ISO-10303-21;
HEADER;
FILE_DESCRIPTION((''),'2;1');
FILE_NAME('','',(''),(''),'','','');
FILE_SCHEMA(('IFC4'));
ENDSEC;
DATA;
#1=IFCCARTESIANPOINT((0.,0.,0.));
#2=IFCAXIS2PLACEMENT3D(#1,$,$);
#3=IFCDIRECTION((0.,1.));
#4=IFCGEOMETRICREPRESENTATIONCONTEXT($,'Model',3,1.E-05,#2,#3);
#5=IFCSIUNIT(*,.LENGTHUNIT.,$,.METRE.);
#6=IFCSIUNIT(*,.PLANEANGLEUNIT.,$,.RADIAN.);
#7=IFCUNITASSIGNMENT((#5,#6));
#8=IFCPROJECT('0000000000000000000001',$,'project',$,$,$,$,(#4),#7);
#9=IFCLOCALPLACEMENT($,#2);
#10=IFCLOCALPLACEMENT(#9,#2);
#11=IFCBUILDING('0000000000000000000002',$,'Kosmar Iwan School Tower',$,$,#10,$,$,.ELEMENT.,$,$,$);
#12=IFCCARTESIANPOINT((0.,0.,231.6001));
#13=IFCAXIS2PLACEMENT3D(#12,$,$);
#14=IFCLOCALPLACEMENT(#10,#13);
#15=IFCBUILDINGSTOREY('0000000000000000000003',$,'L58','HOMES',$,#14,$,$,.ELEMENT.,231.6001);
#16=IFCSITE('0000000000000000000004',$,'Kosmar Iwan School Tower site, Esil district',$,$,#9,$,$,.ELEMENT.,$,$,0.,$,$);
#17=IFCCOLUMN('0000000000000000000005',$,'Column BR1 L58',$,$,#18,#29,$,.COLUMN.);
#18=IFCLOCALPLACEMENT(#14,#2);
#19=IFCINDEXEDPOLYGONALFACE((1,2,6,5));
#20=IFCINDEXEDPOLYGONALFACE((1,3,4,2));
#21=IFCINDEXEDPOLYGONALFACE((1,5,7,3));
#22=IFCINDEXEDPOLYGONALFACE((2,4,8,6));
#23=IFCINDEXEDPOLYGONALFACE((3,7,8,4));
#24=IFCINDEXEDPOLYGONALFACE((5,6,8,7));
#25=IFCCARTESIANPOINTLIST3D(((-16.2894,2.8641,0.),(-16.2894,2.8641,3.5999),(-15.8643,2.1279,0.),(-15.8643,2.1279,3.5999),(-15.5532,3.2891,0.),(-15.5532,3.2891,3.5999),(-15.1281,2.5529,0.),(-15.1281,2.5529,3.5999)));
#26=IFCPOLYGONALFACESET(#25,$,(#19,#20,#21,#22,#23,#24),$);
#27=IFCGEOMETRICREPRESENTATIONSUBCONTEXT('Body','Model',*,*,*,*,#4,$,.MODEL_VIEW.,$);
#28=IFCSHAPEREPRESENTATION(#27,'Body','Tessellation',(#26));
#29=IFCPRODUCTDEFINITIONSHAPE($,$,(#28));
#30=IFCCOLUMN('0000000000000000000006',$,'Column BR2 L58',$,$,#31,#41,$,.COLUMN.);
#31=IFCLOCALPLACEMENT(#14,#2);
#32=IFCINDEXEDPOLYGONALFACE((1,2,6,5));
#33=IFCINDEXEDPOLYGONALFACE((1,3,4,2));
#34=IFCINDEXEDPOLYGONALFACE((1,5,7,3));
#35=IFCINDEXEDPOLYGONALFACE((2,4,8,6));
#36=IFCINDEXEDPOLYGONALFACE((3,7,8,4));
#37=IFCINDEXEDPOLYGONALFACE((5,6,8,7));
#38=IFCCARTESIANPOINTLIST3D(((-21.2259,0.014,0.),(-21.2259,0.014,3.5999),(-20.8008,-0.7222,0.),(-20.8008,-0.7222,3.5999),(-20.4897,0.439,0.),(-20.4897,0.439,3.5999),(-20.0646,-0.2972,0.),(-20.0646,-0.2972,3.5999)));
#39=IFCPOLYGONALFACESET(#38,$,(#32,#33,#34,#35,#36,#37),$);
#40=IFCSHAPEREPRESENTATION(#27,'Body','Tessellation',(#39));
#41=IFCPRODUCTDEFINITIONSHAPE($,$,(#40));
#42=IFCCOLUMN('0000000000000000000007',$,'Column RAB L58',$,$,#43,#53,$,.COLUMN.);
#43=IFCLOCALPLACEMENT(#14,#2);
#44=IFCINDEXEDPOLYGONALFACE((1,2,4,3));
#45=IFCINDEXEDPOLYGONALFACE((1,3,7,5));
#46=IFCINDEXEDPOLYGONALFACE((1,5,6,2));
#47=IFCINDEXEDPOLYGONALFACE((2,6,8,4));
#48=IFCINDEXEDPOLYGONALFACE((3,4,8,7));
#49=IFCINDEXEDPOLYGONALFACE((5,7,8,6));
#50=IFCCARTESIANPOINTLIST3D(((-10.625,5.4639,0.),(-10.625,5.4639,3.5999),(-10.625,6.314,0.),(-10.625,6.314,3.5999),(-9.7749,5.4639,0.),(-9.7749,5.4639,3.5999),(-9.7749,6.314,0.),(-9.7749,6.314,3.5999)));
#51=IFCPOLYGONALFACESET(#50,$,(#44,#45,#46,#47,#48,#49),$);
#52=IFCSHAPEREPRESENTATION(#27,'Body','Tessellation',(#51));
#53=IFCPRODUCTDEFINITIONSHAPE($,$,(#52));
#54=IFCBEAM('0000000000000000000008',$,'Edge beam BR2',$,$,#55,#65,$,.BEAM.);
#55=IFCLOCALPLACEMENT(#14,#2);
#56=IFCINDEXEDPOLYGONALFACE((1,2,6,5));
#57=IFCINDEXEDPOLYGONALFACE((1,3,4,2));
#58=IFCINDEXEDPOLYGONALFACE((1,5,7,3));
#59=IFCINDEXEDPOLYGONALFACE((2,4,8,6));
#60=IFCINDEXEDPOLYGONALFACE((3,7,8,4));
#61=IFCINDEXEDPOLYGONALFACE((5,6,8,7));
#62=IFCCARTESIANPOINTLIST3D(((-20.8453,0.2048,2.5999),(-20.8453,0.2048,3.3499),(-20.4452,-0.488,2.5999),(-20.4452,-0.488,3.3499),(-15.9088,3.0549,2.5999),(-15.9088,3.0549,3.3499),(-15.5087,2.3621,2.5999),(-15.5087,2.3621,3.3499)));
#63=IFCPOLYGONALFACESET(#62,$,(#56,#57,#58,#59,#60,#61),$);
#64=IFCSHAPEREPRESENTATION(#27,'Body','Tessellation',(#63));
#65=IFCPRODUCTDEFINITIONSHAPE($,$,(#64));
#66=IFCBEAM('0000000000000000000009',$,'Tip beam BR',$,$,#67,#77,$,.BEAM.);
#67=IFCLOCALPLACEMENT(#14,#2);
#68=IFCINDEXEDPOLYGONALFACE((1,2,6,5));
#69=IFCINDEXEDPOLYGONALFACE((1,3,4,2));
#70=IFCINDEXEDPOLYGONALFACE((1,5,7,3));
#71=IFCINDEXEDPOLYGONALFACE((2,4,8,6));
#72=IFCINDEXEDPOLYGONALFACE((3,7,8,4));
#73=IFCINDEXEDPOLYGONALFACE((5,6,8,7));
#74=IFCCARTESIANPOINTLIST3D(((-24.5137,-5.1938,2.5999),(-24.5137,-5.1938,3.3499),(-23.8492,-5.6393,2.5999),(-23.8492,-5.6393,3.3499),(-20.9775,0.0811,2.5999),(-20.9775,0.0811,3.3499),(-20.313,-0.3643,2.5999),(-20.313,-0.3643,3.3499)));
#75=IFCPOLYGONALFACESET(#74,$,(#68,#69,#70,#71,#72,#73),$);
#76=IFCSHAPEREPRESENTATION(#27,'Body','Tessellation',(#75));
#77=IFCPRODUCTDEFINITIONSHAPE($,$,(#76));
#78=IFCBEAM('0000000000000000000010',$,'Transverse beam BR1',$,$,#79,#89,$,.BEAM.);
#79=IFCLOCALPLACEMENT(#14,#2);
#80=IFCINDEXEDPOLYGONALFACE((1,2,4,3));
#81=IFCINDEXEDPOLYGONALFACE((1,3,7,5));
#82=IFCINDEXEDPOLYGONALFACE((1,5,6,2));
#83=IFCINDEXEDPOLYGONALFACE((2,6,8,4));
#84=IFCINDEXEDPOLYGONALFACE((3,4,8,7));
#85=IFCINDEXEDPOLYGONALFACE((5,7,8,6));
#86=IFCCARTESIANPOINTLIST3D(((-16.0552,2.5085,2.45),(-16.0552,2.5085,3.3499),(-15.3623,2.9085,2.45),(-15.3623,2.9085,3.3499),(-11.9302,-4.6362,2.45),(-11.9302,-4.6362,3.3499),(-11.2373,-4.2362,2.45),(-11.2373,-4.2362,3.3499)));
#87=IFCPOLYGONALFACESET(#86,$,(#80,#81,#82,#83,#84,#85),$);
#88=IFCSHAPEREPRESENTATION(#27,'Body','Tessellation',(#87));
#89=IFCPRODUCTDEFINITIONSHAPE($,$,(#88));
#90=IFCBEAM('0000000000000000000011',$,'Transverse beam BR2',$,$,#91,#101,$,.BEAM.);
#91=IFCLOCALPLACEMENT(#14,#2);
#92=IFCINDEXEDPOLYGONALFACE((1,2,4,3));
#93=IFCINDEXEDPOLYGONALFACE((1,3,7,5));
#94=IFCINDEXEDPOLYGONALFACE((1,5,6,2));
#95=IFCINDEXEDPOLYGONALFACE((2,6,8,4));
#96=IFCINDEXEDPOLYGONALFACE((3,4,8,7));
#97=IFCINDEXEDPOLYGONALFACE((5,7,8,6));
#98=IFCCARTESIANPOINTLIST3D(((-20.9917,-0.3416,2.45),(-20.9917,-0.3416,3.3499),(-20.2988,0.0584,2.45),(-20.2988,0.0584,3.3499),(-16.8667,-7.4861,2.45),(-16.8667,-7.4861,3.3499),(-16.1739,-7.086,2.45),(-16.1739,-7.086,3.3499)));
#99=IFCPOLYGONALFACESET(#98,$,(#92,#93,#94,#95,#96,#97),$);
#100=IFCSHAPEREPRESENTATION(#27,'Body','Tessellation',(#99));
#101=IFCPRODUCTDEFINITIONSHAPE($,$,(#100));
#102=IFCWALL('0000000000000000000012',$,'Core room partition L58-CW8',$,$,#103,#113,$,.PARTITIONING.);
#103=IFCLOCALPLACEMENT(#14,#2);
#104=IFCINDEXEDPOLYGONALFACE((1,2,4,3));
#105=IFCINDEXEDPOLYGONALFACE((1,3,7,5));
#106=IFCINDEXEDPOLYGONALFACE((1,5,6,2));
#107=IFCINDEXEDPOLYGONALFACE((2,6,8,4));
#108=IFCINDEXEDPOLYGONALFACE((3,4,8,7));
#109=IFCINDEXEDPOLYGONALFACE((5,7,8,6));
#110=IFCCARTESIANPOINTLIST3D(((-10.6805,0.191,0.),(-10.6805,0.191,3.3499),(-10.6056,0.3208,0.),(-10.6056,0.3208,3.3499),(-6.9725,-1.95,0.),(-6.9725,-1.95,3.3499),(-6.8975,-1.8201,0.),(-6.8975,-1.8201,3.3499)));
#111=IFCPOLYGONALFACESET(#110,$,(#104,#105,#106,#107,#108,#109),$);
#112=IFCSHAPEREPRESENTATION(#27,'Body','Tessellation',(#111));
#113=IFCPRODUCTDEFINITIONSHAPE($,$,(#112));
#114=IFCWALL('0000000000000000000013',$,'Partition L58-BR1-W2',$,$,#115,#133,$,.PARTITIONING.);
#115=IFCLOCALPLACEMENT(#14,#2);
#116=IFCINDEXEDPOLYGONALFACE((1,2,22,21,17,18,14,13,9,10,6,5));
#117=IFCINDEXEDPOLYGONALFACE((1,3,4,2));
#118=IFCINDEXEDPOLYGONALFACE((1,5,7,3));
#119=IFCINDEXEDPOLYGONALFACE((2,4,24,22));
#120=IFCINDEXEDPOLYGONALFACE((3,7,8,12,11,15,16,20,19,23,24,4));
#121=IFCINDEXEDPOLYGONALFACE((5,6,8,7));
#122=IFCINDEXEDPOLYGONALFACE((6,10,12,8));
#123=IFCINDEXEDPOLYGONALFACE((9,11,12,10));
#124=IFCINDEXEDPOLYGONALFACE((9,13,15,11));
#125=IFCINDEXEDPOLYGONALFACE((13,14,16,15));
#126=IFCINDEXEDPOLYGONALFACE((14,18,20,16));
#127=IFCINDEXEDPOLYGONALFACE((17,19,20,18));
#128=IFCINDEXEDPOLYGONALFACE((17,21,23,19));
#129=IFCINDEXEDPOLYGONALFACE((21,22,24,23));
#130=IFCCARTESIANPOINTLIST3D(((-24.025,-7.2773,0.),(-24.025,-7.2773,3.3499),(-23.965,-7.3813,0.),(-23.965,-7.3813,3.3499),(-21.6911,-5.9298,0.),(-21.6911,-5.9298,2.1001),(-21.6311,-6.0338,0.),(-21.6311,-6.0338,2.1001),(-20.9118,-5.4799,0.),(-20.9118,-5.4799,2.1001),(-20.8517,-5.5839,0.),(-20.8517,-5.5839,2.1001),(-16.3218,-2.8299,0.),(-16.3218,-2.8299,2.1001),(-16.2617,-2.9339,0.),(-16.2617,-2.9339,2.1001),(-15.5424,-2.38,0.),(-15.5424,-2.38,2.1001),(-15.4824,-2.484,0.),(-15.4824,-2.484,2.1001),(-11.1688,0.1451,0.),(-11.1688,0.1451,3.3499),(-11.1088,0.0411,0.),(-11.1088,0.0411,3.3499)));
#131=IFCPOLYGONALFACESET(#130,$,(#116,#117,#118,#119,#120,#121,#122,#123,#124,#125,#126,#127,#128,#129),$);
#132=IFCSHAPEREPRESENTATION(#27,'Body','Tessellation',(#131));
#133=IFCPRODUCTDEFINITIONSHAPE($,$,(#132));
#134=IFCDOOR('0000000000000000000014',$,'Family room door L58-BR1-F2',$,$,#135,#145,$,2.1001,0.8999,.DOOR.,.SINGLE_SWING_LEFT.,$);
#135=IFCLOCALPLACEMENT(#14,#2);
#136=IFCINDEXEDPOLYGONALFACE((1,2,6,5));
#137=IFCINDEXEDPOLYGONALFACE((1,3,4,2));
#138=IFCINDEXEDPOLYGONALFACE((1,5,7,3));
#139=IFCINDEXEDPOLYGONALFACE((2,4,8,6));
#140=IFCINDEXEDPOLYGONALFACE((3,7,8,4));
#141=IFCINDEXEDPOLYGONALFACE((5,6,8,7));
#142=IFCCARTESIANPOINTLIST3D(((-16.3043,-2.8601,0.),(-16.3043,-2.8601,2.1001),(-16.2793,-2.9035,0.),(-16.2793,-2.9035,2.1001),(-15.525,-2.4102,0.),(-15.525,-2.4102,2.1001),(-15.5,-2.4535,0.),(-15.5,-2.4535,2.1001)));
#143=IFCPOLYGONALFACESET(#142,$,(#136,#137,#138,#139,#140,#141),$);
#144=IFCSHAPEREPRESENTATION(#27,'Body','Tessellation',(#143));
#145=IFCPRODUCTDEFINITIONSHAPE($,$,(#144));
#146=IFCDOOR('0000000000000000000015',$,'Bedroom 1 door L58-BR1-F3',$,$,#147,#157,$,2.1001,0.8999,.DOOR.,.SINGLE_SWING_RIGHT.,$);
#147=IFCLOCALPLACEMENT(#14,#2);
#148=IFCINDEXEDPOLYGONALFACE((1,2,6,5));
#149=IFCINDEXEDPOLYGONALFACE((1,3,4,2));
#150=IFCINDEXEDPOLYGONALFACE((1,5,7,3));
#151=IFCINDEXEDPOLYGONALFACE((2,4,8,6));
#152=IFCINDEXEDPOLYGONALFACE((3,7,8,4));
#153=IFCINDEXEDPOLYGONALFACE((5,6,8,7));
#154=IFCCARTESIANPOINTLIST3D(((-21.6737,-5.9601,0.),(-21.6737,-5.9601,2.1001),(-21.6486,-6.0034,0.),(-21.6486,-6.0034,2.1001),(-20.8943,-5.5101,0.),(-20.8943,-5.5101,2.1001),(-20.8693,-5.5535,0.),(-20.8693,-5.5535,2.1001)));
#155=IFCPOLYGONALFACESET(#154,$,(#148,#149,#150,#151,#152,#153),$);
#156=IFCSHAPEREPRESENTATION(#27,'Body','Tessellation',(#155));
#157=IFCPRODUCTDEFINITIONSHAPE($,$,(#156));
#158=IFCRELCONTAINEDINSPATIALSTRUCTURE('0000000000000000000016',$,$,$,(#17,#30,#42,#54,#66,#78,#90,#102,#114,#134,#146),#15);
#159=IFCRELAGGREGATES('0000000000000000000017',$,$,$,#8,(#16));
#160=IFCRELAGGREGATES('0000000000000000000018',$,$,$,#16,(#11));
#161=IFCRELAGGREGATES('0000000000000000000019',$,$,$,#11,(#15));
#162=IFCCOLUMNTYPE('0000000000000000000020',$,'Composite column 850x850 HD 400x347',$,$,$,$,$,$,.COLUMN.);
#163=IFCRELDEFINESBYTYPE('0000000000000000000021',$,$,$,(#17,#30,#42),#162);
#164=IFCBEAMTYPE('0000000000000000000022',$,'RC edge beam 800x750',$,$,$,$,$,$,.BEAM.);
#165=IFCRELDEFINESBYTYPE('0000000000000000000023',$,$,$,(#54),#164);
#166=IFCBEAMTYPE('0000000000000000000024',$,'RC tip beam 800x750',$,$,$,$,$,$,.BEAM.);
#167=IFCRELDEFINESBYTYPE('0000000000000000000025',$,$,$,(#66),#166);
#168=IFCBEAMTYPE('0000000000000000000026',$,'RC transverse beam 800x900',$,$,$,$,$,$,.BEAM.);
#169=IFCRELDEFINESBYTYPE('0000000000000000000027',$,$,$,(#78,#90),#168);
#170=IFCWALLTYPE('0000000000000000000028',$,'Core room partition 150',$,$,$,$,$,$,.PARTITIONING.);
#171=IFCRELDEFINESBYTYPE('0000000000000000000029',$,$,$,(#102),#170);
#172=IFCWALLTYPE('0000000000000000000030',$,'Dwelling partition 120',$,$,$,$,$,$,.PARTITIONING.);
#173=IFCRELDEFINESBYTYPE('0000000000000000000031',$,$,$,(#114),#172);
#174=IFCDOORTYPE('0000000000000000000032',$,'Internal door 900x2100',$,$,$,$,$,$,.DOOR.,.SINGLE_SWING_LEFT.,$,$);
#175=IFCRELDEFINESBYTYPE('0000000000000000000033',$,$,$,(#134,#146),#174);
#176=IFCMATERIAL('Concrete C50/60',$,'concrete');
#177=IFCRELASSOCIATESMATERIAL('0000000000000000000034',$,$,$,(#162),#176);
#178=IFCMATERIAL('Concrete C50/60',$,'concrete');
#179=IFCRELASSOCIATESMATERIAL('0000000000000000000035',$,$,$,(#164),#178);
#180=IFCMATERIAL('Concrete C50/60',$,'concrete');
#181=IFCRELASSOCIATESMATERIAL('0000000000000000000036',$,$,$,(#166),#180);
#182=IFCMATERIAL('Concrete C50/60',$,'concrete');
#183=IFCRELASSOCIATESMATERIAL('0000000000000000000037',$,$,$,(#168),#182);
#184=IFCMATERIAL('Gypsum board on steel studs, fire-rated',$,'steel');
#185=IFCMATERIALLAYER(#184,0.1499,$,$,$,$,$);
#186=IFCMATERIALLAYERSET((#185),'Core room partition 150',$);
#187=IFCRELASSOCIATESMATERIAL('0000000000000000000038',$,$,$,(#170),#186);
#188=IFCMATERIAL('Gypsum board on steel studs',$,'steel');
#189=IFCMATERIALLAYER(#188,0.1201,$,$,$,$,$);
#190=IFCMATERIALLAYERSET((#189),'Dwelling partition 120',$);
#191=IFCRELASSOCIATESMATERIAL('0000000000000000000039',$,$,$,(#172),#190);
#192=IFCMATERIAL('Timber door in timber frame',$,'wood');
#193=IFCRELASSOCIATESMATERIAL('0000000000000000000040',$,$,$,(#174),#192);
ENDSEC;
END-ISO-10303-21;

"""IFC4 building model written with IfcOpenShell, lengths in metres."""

from ifc_helpers import new_model, si_unit, direction, frame, frame_2d, origin, origin_2d, place, context, subcontext, project, spatial, rectangle, extrude, material, layer, layer_set, material_profile, profile_set, type_object, element, fill, save


model = new_model("IFC4")

# Units and contexts
model_context = context("Model", 3, precision=1e-05, world=origin(), true_north=direction((0.0, 1.0)))
body_context = subcontext(model_context, "Body", "Model", "MODEL_VIEW")
ifc_project = project(units=[si_unit("LENGTHUNIT", "METRE"), si_unit("PLANEANGLEUNIT", "RADIAN")], contexts=[model_context])

# Site, building, storey
site_placement = place(None, origin())
site = spatial("IfcSite", under=ifc_project, at=site_placement, Name="Kosmar Iwan School Tower site, Esil district", CompositionType="ELEMENT", RefElevation=0.0)
building_placement = place(site_placement, origin())
building = spatial("IfcBuilding", under=site, at=building_placement, Name="Kosmar Iwan School Tower", CompositionType="ELEMENT")
storey_placement = place(building_placement, frame((0.0, 0.0, 231.6001)))
storey = spatial("IfcBuildingStorey", under=building, at=storey_placement, Name="L58", Description="HOMES", CompositionType="ELEMENT", Elevation=231.6001)

# Columns
ifc_material_1 = material(Name="Concrete C50/60", Category="concrete")
ifc_material_profile_1 = material_profile(ifc_material_1, rectangle(XDim=0.8501, YDim=0.8501, at=origin_2d()), Name="RC 850x850 + HD 400x347")
ifc_profile_set_1 = profile_set([ifc_material_profile_1], Name="Concrete C50/60")
column_type = type_object("IfcColumnType", Name="Composite column 850x850 HD 400x347", PredefinedType="COLUMN", material=ifc_profile_set_1)
for number, where, z_axis, x_axis, name in (
    (1, (-15.7087, 2.7085, 0.0), (0.0, 0.0, 1.0), (-0.866025, -0.5, 0.0), "Column BR1 L58"),
    (2, (-20.6453, -0.1416, 0.0), (0.0, 0.0, 1.0), (-0.866025, -0.5, 0.0), "Column BR2 L58"),
    (3, (-10.2, 5.8889, 0.0), (0.0, 0.0, 1.0), (1.0, 0.0, 0.0), "Column RAB L58"),
):
    element("IfcColumn", number, at=place(storey_placement, frame(where, z_axis=z_axis, x_axis=x_axis)), inside=storey, type_object=column_type, Name=name, PredefinedType="COLUMN", context=body_context, shape_type="SweptSolid", body=[
        extrude(rectangle(XDim=0.8501, YDim=0.8501, at=origin_2d()), origin(), (0.0, 0.0, 1.0), 3.5999),
    ])

# Beams
ifc_material_2 = material(Name="Concrete C50/60", Category="concrete")
ifc_material_profile_2 = material_profile(ifc_material_2, rectangle(XDim=0.8, YDim=0.75, at=origin_2d()), Name="RC 800x750")
ifc_profile_set_2 = profile_set([ifc_material_profile_2], Name="Concrete C50/60")
beam_type_1 = type_object("IfcBeamType", Name="RC edge beam 800x750", PredefinedType="BEAM", material=ifc_profile_set_2)
beam_1_placement = place(storey_placement, frame((-15.7087, 2.7085, 2.9749), z_axis=(-0.866026, -0.499999, 0.0), x_axis=(0.499999, -0.866026, 0.0)))
element("IfcBeam", 4, at=beam_1_placement, inside=storey, type_object=beam_type_1, Name="Edge beam BR2", PredefinedType="BEAM", context=body_context, shape_type="SweptSolid", body=[
    extrude(rectangle(XDim=0.8, YDim=0.75, at=origin_2d()), origin(), (0.0, 0.0, 1.0), 5.7002),
])
ifc_material_3 = material(Name="Concrete C50/60", Category="concrete")
ifc_material_profile_3 = material_profile(ifc_material_3, rectangle(XDim=0.8, YDim=0.75, at=origin_2d()), Name="RC 800x750")
ifc_profile_set_3 = profile_set([ifc_material_profile_3], Name="Concrete C50/60")
beam_type_2 = type_object("IfcBeamType", Name="RC tip beam 800x750", PredefinedType="BEAM", material=ifc_profile_set_3)
beam_2_placement = place(storey_placement, frame((-20.6453, -0.1416, 2.9749), z_axis=(-0.556828, -0.830628, 0.0), x_axis=(0.830628, -0.556828, 0.0)))
element("IfcBeam", 5, at=beam_2_placement, inside=storey, type_object=beam_type_2, Name="Tip beam BR", PredefinedType="BEAM", context=body_context, shape_type="SweptSolid", body=[
    extrude(rectangle(XDim=0.8, YDim=0.75, at=origin_2d()), origin(), (0.0, 0.0, 1.0), 6.3506),
])
ifc_material_4 = material(Name="Concrete C50/60", Category="concrete")
ifc_material_profile_4 = material_profile(ifc_material_4, rectangle(XDim=0.8, YDim=0.8999, at=origin_2d()), Name="RC 800x900")
ifc_profile_set_4 = profile_set([ifc_material_profile_4], Name="Concrete C50/60")
beam_type_3 = type_object("IfcBeamType", Name="RC transverse beam 800x900", PredefinedType="BEAM", material=ifc_profile_set_4)
beam_3_placement = place(storey_placement, frame((-15.7087, 2.7085, 2.8999), z_axis=(0.499997, -0.866027, 0.0), x_axis=(0.866027, 0.499997, 0.0)))
element("IfcBeam", 6, at=beam_3_placement, inside=storey, type_object=beam_type_3, Name="Transverse beam BR1", PredefinedType="BEAM", context=body_context, shape_type="SweptSolid", body=[
    extrude(rectangle(XDim=0.8, YDim=0.8999, at=origin_2d()), origin(), (0.0, 0.0, 1.0), 8.25),
])
beam_4_placement = place(storey_placement, frame((-20.6453, -0.1416, 2.8999), z_axis=(0.500009, -0.86602, 0.0), x_axis=(0.86602, 0.500009, 0.0)))
element("IfcBeam", 7, at=beam_4_placement, inside=storey, type_object=beam_type_3, Name="Transverse beam BR2", PredefinedType="BEAM", context=body_context, shape_type="SweptSolid", body=[
    extrude(rectangle(XDim=0.8, YDim=0.8999, at=origin_2d()), origin(), (0.0, 0.0, 1.0), 8.2498),
])

# Wall
ifc_material_5 = material(Name="Gypsum board on steel studs, fire-rated", Category="steel")
ifc_layer_1 = layer(ifc_material_5, 0.1499)
ifc_layer_set_1 = layer_set([ifc_layer_1], Name="Core room partition 150")
wall_type_1 = type_object("IfcWallType", Name="Core room partition 150", PredefinedType="PARTITIONING", material=ifc_layer_set_1)
wall_1_placement = place(storey_placement, frame((-10.6431, 0.2559, 0.0), z_axis=(0.0, 0.0, 1.0), x_axis=(0.86602, -0.500009, 0.0)))
element("IfcWall", 8, at=wall_1_placement, inside=storey, type_object=wall_type_1, Name="Core room partition L58-CW8", PredefinedType="PARTITIONING", context=body_context, shape_type="SweptSolid", body=[
    extrude(rectangle(XDim=4.2817, YDim=0.1499, at=frame_2d((2.1409, 0.0))), origin(), (0.0, 0.0, 1.0), 3.3499),
])

# Wall, openings, doors
ifc_material_6 = material(Name="Gypsum board on steel studs", Category="steel")
ifc_layer_2 = layer(ifc_material_6, 0.1201)
ifc_layer_set_2 = layer_set([ifc_layer_2], Name="Dwelling partition 120")
wall_type_2 = type_object("IfcWallType", Name="Dwelling partition 120", PredefinedType="PARTITIONING", material=ifc_layer_set_2)
wall_2_placement = place(storey_placement, frame((-11.1389, 0.093, 0.0), z_axis=(0.0, 0.0, 1.0), x_axis=(-0.86603, -0.499992, 0.0)))
wall_2 = element("IfcWall", 9, at=wall_2_placement, inside=storey, type_object=wall_type_2, Name="Partition L58-BR1-W2", PredefinedType="PARTITIONING", context=body_context, shape_type="SweptSolid", body=[
    extrude(rectangle(XDim=14.845, YDim=0.1201, at=frame_2d((7.4224, 0.0))), origin(), (0.0, 0.0, 1.0), 3.3499),
])
opening_1_placement = place(wall_2_placement, frame((5.05, 0.0, 0.0)))
opening_1 = element("IfcOpeningElement", 10, at=opening_1_placement, cuts=wall_2, PredefinedType="OPENING", context=body_context, shape_type="SweptSolid", body=[
    extrude(rectangle(XDim=0.8999, YDim=2.1001, at=frame_2d((0.45, 1.05))), frame((0.0, 0.072, 0.0), z_axis=(0.0, -1.0, 0.0), x_axis=(1.0, 0.0, 0.0)), (0.0, 0.0, 1.0), 0.144),
])
opening_2_placement = place(wall_2_placement, frame((11.25, 0.0, 0.0)))
opening_2 = element("IfcOpeningElement", 11, at=opening_2_placement, cuts=wall_2, PredefinedType="OPENING", context=body_context, shape_type="SweptSolid", body=[
    extrude(rectangle(XDim=0.8999, YDim=2.1001, at=frame_2d((0.45, 1.05))), frame((0.0, 0.072, 0.0), z_axis=(0.0, -1.0, 0.0), x_axis=(1.0, 0.0, 0.0)), (0.0, 0.0, 1.0), 0.144),
])
ifc_material_7 = material(Name="Timber door in timber frame", Category="wood")
door_type = type_object("IfcDoorType", Name="Internal door 900x2100", OperationType="SINGLE_SWING_LEFT", PredefinedType="DOOR", material=ifc_material_7)
door_1_placement = place(opening_1_placement, origin())
door_1 = element("IfcDoor", 12, at=door_1_placement, inside=storey, type_object=door_type, Name="Family room door L58-BR1-F2", OperationType="SINGLE_SWING_LEFT", OverallHeight=2.1001, OverallWidth=0.8999, PredefinedType="DOOR", context=body_context, shape_type="SweptSolid", body=[
    extrude(rectangle(XDim=0.8999, YDim=2.1001, at=frame_2d((0.45, 1.05))), frame((0.0, 0.0249, 0.0), z_axis=(0.0, -1.0, 0.0), x_axis=(1.0, 0.0, 0.0)), (0.0, 0.0, 1.0), 0.05),
])
fill(opening_1, door_1)
door_2_placement = place(opening_2_placement, origin())
door_2 = element("IfcDoor", 13, at=door_2_placement, inside=storey, type_object=door_type, Name="Bedroom 1 door L58-BR1-F3", OperationType="SINGLE_SWING_RIGHT", OverallHeight=2.1001, OverallWidth=0.8999, PredefinedType="DOOR", context=body_context, shape_type="SweptSolid", body=[
    extrude(rectangle(XDim=0.8999, YDim=2.1001, at=frame_2d((0.45, 1.05))), frame((0.0, 0.0249, 0.0), z_axis=(0.0, -1.0, 0.0), x_axis=(1.0, 0.0, 0.0)), (0.0, 0.0, 1.0), 0.05),
])
fill(opening_2, door_2)

save(model, "model.ifc")
